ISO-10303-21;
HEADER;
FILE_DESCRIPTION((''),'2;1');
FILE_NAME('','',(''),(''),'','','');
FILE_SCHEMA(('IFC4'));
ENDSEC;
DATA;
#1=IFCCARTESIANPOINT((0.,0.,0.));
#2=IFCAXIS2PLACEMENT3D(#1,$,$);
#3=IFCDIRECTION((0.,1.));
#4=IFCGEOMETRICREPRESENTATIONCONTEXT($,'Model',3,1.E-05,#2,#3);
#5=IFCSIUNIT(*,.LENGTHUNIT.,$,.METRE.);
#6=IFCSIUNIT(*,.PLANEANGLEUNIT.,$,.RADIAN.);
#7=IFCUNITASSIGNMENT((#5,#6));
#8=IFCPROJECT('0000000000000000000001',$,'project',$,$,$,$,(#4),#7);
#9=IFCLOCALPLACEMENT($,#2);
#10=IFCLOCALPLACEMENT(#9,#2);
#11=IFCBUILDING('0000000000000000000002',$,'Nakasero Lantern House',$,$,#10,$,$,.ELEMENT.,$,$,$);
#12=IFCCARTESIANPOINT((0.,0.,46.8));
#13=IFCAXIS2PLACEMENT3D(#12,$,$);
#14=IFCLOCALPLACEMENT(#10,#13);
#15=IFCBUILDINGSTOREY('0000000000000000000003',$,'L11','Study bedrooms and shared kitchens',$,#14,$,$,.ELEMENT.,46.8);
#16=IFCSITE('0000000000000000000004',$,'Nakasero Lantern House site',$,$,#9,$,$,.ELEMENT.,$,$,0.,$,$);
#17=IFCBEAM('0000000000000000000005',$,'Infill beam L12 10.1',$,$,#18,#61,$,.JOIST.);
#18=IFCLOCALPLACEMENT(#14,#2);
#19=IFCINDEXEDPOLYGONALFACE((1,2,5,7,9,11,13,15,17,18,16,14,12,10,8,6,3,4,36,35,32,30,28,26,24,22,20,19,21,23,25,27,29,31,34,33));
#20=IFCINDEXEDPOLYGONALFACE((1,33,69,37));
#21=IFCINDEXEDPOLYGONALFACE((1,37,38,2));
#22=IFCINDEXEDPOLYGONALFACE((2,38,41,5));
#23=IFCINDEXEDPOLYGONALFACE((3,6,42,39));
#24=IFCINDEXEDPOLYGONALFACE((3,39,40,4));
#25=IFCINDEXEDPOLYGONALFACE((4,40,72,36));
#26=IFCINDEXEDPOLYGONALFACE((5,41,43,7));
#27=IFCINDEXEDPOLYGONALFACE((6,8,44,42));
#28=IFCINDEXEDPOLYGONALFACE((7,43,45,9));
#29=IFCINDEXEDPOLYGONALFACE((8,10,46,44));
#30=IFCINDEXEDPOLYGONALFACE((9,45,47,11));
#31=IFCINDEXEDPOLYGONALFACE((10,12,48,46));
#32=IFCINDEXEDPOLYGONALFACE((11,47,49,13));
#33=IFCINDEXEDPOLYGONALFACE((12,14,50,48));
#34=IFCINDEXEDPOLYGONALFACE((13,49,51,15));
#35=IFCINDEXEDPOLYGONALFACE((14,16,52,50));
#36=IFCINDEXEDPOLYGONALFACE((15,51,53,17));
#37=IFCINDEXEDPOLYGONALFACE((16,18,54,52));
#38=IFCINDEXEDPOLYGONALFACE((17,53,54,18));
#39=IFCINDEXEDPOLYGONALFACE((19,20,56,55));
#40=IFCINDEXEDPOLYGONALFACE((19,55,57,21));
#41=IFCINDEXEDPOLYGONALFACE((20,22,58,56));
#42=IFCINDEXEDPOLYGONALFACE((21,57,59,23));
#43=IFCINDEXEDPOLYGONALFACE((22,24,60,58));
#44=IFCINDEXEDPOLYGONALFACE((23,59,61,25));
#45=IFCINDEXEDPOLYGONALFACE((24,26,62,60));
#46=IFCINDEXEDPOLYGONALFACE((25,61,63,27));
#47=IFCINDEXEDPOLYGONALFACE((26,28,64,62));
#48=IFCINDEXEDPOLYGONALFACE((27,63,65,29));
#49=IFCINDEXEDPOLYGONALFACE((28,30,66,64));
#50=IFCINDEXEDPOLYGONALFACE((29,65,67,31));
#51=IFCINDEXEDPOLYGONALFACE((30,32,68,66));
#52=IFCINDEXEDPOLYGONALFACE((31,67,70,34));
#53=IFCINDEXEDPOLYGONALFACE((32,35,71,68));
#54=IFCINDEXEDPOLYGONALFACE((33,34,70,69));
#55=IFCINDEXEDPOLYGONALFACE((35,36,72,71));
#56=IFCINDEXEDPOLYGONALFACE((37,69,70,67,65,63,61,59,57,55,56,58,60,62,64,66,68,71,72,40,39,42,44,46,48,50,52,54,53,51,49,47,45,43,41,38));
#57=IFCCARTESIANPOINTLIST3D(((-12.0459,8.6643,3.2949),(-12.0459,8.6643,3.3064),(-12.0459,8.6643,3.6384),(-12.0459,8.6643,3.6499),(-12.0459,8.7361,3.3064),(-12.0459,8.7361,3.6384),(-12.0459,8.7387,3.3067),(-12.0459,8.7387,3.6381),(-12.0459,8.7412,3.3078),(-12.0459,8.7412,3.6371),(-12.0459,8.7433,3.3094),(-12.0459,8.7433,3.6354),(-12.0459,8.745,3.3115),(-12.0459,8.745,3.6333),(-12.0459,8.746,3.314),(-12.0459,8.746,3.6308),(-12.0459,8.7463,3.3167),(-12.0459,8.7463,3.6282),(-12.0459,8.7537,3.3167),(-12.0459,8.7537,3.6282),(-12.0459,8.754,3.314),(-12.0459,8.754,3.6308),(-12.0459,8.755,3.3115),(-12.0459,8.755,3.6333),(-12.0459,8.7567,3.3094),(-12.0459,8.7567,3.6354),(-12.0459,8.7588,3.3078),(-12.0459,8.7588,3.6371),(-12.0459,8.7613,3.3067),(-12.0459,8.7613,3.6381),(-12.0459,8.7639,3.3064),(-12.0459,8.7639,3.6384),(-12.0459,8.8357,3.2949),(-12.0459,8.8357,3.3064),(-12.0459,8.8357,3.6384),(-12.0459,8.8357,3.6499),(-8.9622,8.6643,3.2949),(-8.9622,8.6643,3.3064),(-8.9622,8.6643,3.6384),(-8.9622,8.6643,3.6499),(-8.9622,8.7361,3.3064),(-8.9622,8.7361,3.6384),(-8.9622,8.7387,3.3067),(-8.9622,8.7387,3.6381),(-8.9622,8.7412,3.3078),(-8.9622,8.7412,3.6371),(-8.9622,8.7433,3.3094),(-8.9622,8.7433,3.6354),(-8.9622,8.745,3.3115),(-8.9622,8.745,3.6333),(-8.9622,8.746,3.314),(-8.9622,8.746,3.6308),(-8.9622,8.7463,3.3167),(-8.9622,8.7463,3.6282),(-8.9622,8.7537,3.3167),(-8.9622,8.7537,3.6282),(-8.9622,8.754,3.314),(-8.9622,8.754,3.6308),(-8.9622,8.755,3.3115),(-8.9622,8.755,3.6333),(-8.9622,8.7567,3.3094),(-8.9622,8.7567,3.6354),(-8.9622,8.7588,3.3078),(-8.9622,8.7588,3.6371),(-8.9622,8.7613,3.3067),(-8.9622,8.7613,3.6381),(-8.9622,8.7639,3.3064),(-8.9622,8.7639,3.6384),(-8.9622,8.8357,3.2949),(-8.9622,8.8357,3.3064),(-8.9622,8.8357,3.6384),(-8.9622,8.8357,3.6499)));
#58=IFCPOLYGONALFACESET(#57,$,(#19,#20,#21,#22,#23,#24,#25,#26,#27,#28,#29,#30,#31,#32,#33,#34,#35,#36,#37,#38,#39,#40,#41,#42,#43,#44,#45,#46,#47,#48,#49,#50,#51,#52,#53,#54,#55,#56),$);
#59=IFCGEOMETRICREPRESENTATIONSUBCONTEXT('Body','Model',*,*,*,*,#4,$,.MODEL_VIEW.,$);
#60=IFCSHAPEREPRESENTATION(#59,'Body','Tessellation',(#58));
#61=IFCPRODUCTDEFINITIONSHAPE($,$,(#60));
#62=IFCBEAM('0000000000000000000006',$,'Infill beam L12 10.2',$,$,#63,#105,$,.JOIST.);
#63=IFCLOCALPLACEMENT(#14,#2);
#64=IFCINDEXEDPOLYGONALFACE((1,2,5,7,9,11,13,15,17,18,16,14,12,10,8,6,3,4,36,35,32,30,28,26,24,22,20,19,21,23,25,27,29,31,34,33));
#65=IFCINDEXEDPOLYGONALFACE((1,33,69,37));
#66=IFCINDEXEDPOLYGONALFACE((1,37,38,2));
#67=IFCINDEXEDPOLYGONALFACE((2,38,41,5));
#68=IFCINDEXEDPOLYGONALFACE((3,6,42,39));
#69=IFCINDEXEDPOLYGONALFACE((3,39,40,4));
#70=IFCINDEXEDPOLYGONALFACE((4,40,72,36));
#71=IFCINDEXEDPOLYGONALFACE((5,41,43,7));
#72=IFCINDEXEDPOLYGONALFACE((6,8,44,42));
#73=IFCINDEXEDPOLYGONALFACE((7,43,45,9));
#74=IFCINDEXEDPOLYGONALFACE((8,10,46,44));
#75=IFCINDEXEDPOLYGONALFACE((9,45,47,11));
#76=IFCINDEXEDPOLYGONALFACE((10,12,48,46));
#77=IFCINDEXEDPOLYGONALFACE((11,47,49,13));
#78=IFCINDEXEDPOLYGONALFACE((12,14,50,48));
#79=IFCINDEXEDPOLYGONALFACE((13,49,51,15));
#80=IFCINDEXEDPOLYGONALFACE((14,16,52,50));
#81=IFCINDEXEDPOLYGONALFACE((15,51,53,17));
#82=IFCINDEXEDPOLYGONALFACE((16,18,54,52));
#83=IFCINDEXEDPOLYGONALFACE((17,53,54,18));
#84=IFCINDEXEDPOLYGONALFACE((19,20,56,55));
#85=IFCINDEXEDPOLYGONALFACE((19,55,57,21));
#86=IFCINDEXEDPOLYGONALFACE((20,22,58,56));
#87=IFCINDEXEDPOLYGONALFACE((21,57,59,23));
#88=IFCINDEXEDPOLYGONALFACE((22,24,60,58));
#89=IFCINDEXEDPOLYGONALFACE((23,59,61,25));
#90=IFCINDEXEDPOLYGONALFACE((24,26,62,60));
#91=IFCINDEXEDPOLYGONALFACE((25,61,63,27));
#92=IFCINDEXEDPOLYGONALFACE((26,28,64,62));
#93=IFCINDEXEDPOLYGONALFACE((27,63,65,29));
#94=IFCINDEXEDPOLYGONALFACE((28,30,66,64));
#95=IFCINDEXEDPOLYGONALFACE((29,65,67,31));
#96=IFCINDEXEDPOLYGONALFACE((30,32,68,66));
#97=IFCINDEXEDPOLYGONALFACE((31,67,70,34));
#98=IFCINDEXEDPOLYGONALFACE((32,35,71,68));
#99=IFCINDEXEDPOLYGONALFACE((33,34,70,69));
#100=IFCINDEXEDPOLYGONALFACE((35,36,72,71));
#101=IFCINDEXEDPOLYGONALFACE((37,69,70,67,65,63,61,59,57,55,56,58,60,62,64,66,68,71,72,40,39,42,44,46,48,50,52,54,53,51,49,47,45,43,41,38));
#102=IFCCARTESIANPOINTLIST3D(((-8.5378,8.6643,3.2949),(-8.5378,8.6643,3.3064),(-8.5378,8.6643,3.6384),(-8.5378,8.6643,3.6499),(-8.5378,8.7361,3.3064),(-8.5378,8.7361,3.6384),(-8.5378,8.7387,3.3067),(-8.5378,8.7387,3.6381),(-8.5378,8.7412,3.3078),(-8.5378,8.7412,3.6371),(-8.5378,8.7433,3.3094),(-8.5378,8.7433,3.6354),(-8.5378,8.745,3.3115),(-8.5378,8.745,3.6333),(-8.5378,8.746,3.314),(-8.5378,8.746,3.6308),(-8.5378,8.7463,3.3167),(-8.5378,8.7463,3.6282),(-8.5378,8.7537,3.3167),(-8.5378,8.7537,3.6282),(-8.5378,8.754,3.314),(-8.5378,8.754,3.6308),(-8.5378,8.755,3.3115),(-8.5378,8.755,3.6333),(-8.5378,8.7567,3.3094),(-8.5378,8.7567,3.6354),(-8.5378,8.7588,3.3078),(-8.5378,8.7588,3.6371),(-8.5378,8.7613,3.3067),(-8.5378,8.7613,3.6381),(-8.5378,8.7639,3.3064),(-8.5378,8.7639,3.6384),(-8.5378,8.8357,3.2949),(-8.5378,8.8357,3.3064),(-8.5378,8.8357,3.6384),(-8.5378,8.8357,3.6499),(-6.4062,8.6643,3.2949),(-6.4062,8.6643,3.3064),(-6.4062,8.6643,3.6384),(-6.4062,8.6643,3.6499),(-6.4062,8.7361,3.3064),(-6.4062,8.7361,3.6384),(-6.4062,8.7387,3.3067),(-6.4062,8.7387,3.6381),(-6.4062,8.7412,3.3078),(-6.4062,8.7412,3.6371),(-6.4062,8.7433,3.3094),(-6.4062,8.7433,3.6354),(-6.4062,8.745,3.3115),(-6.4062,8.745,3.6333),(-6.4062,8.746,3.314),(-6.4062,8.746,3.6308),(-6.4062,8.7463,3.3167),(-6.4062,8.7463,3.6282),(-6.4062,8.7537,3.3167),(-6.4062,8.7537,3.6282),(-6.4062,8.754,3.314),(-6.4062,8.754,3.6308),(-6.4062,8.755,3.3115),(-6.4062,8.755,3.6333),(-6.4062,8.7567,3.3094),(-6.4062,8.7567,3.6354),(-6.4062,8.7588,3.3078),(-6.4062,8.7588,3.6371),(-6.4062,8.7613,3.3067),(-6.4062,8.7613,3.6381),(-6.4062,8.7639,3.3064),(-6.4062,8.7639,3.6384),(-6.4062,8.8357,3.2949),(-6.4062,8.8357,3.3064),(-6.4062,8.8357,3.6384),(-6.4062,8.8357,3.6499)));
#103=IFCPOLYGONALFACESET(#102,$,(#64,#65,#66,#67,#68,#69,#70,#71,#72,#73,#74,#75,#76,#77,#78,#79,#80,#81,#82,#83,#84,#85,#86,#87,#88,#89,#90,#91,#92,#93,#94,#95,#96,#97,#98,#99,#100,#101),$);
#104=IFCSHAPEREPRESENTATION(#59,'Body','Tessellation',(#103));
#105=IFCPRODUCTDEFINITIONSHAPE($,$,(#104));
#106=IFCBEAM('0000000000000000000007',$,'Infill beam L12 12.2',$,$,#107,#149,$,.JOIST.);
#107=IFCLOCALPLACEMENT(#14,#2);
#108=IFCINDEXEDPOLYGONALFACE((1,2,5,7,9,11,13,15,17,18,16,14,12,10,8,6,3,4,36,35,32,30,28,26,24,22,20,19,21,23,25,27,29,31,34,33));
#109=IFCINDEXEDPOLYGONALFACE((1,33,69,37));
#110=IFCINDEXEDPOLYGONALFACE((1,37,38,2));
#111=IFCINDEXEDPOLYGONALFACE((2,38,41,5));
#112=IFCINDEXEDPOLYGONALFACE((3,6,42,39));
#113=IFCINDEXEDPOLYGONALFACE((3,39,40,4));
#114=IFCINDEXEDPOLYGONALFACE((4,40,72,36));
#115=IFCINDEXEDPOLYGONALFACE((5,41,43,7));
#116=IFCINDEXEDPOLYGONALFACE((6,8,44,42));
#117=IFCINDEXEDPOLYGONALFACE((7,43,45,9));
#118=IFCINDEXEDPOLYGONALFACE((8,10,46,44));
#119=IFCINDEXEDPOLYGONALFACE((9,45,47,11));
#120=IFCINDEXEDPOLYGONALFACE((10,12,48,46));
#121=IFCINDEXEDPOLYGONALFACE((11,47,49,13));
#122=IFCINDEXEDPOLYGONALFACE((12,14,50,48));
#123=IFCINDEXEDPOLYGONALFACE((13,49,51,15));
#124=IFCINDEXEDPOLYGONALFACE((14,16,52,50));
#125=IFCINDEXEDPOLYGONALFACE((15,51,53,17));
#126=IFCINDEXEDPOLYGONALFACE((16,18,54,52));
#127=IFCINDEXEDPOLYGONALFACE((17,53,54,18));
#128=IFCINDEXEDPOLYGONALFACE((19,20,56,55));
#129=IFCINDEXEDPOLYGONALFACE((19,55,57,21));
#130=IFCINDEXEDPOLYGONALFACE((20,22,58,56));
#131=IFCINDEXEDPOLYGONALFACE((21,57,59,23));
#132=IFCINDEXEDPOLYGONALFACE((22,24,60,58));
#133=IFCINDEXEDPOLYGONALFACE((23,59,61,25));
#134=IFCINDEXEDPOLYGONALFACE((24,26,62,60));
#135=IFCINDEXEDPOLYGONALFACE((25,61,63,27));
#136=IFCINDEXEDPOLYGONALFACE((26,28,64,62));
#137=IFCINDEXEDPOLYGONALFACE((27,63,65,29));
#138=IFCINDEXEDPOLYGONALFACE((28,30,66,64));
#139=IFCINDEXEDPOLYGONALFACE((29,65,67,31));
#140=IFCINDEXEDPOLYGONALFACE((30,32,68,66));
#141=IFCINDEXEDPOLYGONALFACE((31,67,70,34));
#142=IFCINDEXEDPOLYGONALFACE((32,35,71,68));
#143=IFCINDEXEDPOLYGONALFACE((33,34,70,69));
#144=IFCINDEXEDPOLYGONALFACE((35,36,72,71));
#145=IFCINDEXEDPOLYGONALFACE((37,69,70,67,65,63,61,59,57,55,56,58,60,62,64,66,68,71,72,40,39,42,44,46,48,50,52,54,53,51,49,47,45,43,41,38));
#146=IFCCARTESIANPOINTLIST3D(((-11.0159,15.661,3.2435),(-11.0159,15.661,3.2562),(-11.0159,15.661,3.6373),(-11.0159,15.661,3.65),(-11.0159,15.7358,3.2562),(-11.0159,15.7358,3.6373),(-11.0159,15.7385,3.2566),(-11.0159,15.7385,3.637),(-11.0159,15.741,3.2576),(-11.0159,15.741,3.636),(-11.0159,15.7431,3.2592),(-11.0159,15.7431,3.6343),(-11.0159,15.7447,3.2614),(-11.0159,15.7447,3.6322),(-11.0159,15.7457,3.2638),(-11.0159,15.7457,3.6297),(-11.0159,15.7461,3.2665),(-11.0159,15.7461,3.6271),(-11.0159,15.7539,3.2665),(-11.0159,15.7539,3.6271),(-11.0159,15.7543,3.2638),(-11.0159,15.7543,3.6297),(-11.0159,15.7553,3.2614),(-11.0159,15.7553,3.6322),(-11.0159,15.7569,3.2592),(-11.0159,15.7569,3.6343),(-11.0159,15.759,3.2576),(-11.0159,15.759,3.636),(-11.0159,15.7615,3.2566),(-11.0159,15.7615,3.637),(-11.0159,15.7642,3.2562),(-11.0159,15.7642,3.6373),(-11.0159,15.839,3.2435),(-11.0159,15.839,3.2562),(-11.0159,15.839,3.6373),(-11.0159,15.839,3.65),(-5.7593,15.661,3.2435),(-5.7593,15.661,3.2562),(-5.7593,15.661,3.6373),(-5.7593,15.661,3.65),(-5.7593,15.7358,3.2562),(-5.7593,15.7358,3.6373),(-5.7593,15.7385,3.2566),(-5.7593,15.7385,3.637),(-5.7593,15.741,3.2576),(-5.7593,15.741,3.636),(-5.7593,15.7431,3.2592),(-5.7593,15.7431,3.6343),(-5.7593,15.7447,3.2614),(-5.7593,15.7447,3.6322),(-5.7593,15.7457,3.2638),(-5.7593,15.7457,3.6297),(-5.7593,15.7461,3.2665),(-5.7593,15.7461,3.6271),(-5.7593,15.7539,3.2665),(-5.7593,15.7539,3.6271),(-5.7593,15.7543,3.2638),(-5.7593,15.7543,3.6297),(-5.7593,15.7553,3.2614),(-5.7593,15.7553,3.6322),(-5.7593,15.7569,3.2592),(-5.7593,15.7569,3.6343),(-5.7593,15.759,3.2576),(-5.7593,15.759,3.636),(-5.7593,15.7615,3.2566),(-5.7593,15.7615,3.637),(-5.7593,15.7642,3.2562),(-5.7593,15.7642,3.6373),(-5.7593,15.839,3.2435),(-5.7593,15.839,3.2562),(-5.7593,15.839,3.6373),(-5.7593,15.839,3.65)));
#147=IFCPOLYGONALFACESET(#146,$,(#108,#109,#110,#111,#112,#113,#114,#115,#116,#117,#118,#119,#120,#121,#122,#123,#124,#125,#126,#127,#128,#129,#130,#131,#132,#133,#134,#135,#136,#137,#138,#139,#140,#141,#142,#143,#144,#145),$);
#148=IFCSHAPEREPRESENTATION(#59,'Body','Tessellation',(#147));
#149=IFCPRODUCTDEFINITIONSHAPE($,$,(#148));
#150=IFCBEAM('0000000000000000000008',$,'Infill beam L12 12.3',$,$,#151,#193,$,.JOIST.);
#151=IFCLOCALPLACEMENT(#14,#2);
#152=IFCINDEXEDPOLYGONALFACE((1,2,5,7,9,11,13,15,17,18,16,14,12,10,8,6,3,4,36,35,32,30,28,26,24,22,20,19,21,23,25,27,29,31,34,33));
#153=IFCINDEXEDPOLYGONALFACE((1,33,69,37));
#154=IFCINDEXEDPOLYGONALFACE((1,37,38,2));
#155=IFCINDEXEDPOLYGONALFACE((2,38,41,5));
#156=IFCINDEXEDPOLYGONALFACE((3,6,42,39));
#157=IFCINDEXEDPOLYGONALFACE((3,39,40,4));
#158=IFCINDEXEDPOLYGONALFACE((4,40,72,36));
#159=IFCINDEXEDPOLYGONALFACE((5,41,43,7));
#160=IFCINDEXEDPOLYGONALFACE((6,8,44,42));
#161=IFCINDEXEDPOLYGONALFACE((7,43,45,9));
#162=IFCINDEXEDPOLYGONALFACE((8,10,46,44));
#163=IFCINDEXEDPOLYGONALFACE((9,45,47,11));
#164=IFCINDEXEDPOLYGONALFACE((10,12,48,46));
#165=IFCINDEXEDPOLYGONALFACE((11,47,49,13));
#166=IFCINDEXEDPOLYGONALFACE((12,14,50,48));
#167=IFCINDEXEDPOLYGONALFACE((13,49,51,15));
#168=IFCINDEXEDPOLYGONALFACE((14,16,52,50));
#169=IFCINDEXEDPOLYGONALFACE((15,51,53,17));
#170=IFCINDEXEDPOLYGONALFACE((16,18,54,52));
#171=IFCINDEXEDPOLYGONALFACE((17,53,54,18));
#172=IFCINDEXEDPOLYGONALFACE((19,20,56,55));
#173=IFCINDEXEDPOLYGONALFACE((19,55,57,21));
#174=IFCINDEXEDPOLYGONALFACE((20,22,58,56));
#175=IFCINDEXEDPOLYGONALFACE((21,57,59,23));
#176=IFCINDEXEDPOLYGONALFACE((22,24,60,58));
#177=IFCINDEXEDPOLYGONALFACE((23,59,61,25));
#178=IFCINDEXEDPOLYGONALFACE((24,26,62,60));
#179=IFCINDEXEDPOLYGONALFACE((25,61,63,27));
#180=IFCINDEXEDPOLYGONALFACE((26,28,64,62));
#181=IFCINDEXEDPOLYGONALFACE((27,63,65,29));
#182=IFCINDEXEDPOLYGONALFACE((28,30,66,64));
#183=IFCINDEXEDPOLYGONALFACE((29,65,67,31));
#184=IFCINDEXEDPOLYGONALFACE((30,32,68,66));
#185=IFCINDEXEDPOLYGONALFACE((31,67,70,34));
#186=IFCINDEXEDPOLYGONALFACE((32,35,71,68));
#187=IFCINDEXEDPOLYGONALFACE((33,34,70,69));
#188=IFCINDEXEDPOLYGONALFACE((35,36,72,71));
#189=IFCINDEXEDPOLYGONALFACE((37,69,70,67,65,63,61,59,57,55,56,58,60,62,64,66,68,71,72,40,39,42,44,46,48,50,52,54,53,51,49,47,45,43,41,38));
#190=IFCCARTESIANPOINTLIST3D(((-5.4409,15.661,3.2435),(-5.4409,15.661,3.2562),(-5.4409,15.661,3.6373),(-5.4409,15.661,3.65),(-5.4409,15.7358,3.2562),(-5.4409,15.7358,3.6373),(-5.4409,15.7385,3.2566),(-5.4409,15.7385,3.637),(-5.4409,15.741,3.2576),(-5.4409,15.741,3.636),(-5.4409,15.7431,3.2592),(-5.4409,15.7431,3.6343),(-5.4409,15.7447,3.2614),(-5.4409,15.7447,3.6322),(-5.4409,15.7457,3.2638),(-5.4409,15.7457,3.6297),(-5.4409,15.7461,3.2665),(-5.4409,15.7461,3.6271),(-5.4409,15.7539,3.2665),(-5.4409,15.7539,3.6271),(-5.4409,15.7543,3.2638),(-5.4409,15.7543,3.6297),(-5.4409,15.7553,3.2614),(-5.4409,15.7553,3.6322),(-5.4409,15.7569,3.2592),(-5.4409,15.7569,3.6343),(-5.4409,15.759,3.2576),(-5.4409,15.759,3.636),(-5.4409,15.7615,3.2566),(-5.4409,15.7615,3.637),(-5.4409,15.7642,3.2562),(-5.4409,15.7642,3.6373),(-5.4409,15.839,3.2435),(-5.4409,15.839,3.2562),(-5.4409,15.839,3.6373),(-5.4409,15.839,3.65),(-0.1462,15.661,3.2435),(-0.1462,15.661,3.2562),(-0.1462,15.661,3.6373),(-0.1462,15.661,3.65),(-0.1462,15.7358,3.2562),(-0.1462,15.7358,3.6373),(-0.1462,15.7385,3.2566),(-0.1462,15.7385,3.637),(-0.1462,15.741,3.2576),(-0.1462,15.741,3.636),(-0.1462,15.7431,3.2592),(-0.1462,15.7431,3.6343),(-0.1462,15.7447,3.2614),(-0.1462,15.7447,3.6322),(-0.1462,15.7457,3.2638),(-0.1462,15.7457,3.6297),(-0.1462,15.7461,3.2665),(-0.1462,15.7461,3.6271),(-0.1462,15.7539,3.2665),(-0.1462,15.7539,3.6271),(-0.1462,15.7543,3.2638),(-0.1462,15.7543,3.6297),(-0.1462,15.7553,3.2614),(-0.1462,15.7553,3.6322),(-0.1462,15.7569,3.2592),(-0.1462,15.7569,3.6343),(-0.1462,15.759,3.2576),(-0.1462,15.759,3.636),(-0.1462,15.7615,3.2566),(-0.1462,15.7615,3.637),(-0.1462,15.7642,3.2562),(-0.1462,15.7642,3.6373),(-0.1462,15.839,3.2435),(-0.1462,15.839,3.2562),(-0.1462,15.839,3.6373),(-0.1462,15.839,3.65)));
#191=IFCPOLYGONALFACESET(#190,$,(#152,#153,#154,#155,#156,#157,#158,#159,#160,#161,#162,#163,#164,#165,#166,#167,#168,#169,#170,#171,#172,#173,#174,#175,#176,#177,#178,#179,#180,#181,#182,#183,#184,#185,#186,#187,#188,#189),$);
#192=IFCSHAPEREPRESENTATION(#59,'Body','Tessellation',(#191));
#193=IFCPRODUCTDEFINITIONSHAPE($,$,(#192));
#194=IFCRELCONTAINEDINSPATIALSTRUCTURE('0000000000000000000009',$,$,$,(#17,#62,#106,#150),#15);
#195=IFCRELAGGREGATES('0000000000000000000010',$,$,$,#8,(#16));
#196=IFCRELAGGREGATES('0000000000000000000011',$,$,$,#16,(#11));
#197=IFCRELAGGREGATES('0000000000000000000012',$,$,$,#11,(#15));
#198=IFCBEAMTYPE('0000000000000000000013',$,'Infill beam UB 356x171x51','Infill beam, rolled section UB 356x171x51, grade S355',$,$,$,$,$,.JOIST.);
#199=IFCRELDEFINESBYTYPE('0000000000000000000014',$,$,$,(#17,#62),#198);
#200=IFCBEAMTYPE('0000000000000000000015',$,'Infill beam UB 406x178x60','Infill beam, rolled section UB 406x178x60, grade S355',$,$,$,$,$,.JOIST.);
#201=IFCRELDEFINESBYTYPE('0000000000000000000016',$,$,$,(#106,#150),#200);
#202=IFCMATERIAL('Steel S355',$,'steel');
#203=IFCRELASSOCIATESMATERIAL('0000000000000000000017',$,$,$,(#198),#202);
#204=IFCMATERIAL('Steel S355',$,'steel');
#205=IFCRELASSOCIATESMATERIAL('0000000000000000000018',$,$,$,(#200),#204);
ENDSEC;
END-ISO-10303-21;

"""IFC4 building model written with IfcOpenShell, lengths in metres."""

from ifc_helpers import new_model, si_unit, direction, frame, origin, origin_2d, place, context, subcontext, project, spatial, i_section, extrude, material, material_profile, profile_set, type_object, element, save


model = new_model("IFC4")

# Units and contexts
model_context = context("Model", 3, precision=1e-05, world=origin(), true_north=direction((0.0, 1.0)))
body_context = subcontext(model_context, "Body", "Model", "MODEL_VIEW")
ifc_project = project(units=[si_unit("LENGTHUNIT", "METRE"), si_unit("PLANEANGLEUNIT", "RADIAN")], contexts=[model_context])

# Site, building, storey
site_placement = place(None, origin())
site = spatial("IfcSite", under=ifc_project, at=site_placement, Name="Nakasero Lantern House site", CompositionType="ELEMENT", RefElevation=0.0)
building_placement = place(site_placement, origin())
building = spatial("IfcBuilding", under=site, at=building_placement, Name="Nakasero Lantern House", CompositionType="ELEMENT")
storey_placement = place(building_placement, frame((0.0, 0.0, 46.8)))
storey = spatial("IfcBuildingStorey", under=building, at=storey_placement, Name="L11", Description="Study bedrooms and shared kitchens", CompositionType="ELEMENT", Elevation=46.8)

# Beams
ifc_material_1 = material(Name="Steel S355", Category="steel")
ifc_material_profile_1 = material_profile(ifc_material_1, i_section(OverallWidth=0.1714, OverallDepth=0.355, WebThickness=0.0073, FlangeThickness=0.0115, FilletRadius=0.0103, at=origin_2d()), Name="UB 356x171x51")
ifc_profile_set_1 = profile_set([ifc_material_profile_1], Name="Steel S355")
beam_type_1 = type_object("IfcBeamType", Name="Infill beam UB 356x171x51", Description="Infill beam, rolled section UB 356x171x51, grade S355", PredefinedType="JOIST", material=ifc_profile_set_1)
beam_1_placement = place(storey_placement, frame((-12.0459, 8.75, 3.4724), z_axis=(1.0, 0.0, 0.0), x_axis=(0.0, 1.0, 0.0)))
element("IfcBeam", 1, at=beam_1_placement, inside=storey, type_object=beam_type_1, Name="Infill beam L12 10.1", PredefinedType="JOIST", context=body_context, shape_type="SweptSolid", body=[
    extrude(i_section(OverallWidth=0.1714, OverallDepth=0.355, WebThickness=0.0073, FlangeThickness=0.0115, FilletRadius=0.0103, at=origin_2d()), origin(), (0.0, 0.0, 1.0), 3.0837),
])
beam_2_placement = place(storey_placement, frame((-8.5378, 8.75, 3.4724), z_axis=(1.0, 0.0, 0.0), x_axis=(0.0, 1.0, 0.0)))
element("IfcBeam", 2, at=beam_2_placement, inside=storey, type_object=beam_type_1, Name="Infill beam L12 10.2", PredefinedType="JOIST", context=body_context, shape_type="SweptSolid", body=[
    extrude(i_section(OverallWidth=0.1714, OverallDepth=0.355, WebThickness=0.0073, FlangeThickness=0.0115, FilletRadius=0.0103, at=origin_2d()), origin(), (0.0, 0.0, 1.0), 2.1316),
])
ifc_material_2 = material(Name="Steel S355", Category="steel")
ifc_material_profile_2 = material_profile(ifc_material_2, i_section(OverallWidth=0.178, OverallDepth=0.4065, WebThickness=0.0078, FlangeThickness=0.0127, FilletRadius=0.0103, at=origin_2d()), Name="UB 406x178x60")
ifc_profile_set_2 = profile_set([ifc_material_profile_2], Name="Steel S355")
beam_type_2 = type_object("IfcBeamType", Name="Infill beam UB 406x178x60", Description="Infill beam, rolled section UB 406x178x60, grade S355", PredefinedType="JOIST", material=ifc_profile_set_2)
beam_3_placement = place(storey_placement, frame((-11.0159, 15.75, 3.4468), z_axis=(1.0, 0.0, 0.0), x_axis=(0.0, 1.0, 0.0)))
element("IfcBeam", 3, at=beam_3_placement, inside=storey, type_object=beam_type_2, Name="Infill beam L12 12.2", PredefinedType="JOIST", context=body_context, shape_type="SweptSolid", body=[
    extrude(i_section(OverallWidth=0.178, OverallDepth=0.4065, WebThickness=0.0078, FlangeThickness=0.0127, FilletRadius=0.0103, at=origin_2d()), origin(), (0.0, 0.0, 1.0), 5.2566),
])
beam_4_placement = place(storey_placement, frame((-5.4409, 15.75, 3.4468), z_axis=(1.0, 0.0, 0.0), x_axis=(0.0, 1.0, 0.0)))
element("IfcBeam", 4, at=beam_4_placement, inside=storey, type_object=beam_type_2, Name="Infill beam L12 12.3", PredefinedType="JOIST", context=body_context, shape_type="SweptSolid", body=[
    extrude(i_section(OverallWidth=0.178, OverallDepth=0.4065, WebThickness=0.0078, FlangeThickness=0.0127, FilletRadius=0.0103, at=origin_2d()), origin(), (0.0, 0.0, 1.0), 5.2947),
])

save(model, "model.ifc")
